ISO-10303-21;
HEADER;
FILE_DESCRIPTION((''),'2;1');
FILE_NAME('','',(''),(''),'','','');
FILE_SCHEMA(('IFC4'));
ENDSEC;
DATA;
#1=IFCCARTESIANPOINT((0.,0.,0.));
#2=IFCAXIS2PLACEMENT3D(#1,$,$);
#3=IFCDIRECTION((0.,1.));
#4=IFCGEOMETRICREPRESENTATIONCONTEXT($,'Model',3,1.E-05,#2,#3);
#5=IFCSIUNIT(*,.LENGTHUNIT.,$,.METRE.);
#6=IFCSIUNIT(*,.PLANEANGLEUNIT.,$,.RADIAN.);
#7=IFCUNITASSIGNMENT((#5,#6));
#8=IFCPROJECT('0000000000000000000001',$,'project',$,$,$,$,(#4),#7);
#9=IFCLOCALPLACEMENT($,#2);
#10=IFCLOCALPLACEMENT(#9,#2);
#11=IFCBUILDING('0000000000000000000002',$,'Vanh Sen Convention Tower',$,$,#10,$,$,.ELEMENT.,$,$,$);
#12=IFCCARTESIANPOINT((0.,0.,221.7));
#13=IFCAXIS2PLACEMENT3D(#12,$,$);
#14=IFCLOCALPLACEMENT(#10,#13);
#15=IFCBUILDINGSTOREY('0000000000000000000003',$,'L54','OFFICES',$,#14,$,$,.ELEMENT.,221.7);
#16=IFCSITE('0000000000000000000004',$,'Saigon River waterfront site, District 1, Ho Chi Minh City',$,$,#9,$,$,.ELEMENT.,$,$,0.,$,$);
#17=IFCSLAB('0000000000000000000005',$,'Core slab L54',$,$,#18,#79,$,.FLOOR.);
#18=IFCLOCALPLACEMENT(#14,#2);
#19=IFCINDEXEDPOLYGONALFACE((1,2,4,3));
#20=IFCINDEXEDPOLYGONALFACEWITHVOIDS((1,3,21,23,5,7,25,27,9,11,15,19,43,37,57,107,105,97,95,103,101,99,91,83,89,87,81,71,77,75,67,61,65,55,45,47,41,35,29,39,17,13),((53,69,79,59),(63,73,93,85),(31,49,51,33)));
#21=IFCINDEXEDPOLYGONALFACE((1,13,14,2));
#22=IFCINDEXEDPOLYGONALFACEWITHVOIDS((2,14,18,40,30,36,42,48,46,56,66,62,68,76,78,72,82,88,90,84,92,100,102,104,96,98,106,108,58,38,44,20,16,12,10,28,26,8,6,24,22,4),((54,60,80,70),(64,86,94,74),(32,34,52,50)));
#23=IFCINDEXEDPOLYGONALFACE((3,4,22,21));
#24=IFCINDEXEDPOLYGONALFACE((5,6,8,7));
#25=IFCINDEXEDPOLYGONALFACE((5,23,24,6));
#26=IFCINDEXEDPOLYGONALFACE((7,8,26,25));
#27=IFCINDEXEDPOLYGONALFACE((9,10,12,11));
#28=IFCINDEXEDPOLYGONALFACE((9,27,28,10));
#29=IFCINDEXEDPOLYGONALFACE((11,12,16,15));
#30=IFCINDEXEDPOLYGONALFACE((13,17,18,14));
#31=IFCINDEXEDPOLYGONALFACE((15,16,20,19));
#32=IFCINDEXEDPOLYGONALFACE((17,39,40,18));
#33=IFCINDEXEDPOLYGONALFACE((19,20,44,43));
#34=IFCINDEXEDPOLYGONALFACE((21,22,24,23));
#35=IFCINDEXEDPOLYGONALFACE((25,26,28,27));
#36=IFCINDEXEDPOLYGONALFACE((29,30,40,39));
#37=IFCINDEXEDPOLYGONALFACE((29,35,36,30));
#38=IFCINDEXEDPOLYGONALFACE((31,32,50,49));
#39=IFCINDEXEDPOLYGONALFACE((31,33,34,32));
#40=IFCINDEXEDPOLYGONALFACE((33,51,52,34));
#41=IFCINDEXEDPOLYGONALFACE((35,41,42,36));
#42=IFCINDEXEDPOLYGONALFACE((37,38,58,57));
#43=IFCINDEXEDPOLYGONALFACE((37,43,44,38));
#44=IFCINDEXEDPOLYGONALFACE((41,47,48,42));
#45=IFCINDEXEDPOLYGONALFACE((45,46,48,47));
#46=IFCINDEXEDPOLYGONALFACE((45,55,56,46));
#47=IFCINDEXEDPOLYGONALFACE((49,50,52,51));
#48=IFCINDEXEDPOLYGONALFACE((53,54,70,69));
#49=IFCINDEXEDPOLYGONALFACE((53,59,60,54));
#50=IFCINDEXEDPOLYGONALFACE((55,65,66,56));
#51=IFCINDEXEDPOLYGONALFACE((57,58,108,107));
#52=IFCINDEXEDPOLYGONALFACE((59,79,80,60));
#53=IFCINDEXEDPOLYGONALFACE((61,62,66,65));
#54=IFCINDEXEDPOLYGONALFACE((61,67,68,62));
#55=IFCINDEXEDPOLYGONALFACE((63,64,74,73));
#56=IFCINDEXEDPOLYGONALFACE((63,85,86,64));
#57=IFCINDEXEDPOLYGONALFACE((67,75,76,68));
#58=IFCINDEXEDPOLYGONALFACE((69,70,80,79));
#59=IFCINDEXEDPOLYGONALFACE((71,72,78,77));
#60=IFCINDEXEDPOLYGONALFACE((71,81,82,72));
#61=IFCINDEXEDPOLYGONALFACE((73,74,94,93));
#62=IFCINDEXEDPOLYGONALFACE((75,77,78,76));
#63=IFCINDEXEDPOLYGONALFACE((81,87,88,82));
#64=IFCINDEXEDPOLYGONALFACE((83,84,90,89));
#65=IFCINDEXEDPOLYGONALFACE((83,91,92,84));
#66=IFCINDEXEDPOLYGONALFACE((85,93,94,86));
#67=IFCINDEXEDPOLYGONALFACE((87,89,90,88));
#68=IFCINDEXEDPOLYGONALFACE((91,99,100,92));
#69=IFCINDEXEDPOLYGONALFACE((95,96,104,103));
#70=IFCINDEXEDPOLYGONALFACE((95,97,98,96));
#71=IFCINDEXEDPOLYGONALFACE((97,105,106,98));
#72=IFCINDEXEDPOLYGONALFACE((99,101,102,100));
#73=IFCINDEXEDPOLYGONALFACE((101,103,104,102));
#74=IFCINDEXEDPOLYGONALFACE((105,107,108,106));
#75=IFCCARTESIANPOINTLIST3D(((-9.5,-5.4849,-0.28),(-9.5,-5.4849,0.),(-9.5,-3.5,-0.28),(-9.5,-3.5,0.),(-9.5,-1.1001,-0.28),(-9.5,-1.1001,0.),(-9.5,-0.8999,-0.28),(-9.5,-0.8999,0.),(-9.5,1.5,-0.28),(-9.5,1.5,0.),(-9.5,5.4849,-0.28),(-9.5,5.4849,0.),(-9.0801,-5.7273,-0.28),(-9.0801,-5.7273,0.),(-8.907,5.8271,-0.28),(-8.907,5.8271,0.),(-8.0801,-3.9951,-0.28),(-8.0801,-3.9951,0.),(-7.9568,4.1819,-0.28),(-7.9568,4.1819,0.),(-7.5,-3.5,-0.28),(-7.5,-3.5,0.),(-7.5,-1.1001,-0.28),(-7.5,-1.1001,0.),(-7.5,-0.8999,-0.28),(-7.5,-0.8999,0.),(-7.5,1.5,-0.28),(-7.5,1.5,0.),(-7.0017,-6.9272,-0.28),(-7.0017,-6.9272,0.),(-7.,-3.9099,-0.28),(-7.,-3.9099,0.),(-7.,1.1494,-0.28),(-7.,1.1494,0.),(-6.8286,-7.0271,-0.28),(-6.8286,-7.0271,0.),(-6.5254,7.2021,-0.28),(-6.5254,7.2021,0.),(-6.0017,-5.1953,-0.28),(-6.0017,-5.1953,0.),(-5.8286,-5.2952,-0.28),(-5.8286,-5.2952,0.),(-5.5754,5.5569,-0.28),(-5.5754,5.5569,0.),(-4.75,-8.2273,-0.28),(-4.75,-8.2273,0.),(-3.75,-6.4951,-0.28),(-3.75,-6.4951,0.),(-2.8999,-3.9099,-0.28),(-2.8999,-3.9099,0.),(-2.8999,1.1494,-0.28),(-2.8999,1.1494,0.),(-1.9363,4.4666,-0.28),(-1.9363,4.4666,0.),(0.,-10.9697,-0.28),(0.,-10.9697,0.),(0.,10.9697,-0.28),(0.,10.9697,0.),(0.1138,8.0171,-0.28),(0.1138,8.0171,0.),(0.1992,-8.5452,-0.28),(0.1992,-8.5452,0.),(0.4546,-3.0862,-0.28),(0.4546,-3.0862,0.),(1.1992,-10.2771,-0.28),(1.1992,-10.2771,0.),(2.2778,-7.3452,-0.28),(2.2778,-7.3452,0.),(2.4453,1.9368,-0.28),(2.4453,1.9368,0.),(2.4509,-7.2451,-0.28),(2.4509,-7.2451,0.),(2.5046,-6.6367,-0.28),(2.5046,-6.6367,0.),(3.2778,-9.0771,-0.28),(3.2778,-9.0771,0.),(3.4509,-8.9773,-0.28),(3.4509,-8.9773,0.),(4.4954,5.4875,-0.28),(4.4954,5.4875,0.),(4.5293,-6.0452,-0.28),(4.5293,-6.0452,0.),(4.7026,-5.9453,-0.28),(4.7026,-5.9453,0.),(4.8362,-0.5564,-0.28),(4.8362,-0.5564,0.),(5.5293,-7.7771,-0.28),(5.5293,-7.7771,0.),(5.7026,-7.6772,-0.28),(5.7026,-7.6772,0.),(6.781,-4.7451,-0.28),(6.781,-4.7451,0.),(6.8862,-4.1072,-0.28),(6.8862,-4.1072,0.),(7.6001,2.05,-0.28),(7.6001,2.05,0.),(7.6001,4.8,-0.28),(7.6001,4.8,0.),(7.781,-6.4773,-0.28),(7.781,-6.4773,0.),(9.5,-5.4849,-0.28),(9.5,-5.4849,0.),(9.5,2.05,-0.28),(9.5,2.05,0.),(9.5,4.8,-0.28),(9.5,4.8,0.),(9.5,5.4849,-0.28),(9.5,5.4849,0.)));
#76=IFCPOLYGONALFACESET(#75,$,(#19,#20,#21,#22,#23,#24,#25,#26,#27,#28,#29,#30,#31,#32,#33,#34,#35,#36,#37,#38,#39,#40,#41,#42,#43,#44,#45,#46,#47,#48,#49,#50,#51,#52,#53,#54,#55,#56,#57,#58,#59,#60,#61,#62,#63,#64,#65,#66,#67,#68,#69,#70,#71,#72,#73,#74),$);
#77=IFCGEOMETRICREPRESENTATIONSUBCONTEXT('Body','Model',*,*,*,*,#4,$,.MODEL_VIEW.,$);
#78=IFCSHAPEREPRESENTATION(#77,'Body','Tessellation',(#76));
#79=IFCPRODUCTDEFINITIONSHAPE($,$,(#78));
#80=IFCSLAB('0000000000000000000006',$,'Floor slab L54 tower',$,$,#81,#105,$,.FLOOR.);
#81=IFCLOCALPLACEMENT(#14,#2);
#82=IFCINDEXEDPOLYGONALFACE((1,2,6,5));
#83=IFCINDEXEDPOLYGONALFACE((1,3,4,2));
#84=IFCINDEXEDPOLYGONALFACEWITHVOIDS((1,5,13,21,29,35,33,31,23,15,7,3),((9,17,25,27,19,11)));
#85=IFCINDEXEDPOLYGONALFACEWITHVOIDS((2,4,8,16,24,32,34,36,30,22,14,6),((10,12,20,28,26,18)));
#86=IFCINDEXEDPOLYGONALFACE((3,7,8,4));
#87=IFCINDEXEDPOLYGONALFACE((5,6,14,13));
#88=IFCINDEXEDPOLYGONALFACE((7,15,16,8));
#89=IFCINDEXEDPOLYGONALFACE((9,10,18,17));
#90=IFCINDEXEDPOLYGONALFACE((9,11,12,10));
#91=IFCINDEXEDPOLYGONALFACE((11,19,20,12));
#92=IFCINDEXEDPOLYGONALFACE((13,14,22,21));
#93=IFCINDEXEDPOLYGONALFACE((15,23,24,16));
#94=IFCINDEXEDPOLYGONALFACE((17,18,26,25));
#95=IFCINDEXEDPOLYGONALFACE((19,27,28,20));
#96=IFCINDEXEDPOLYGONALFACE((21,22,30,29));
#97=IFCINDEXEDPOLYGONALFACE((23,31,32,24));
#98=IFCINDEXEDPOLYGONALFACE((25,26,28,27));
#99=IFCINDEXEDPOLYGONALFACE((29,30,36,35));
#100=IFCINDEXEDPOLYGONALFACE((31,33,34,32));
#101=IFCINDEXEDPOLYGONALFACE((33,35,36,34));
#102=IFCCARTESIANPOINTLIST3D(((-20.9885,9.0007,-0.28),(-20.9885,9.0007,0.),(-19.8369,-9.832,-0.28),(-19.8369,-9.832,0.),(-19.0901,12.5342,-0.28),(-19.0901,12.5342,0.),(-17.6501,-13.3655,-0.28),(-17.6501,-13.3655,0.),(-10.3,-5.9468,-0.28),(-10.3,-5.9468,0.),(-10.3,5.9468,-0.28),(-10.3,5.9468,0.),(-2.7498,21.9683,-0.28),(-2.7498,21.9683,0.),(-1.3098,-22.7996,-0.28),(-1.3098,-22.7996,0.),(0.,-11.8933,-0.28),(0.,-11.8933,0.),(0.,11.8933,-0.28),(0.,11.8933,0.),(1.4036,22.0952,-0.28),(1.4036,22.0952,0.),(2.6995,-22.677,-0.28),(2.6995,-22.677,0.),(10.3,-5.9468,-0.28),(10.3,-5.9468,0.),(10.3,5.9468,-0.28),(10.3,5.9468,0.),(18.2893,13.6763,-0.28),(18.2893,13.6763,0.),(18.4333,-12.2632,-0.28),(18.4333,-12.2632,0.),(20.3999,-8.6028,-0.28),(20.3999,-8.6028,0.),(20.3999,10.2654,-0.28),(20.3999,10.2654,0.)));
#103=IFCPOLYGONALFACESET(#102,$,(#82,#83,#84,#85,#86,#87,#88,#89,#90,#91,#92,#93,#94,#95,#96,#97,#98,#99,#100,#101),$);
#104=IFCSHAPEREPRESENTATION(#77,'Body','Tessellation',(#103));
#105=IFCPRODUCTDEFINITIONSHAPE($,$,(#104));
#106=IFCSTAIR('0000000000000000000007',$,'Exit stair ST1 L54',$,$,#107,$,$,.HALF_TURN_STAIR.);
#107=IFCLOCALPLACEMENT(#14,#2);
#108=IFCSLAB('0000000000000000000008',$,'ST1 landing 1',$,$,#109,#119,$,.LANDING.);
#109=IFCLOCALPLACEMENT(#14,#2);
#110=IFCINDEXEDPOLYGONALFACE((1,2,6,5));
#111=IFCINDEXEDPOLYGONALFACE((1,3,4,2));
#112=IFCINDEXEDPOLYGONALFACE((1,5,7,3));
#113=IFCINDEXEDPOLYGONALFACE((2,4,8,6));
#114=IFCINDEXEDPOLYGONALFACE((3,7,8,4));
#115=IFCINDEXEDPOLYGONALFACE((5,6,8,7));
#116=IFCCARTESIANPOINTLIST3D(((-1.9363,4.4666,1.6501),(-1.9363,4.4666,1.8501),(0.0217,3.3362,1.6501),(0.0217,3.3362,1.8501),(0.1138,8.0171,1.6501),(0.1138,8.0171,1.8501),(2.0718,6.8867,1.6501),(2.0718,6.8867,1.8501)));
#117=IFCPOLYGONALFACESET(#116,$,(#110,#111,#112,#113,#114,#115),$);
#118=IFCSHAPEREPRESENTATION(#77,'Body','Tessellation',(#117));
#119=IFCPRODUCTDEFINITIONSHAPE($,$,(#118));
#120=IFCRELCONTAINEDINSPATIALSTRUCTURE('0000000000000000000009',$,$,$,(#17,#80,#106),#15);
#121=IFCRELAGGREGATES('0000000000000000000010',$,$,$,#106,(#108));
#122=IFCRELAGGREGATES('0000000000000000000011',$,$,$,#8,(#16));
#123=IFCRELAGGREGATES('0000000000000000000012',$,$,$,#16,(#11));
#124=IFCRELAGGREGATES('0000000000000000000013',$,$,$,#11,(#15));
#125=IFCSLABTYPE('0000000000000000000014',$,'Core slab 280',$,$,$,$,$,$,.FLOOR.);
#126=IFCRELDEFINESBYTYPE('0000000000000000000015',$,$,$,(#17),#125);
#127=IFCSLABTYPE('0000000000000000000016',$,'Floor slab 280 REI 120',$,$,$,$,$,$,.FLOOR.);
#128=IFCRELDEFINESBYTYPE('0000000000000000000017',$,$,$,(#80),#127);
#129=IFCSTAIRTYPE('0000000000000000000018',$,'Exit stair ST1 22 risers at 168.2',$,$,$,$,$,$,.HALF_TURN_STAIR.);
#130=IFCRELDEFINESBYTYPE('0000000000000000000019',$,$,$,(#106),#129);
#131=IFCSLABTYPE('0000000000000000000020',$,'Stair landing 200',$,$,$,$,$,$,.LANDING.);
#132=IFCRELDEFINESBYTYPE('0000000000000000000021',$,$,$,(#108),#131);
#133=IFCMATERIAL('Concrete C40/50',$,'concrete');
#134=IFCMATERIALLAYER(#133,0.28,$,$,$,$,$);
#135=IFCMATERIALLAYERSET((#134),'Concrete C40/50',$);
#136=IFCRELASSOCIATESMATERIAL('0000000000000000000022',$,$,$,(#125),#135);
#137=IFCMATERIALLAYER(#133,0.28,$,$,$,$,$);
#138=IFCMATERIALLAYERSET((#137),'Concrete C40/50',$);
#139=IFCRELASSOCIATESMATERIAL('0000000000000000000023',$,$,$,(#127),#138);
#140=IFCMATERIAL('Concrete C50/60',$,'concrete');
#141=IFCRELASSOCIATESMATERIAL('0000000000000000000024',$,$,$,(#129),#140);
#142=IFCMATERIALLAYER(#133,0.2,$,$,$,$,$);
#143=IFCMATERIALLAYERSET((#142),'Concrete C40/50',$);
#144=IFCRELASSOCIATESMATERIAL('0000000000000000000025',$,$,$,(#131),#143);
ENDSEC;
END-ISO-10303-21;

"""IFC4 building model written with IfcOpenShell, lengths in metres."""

from ifc_helpers import new_model, si_unit, direction, frame, origin, place, context, subcontext, project, spatial, polyline, outline, extrude, material, layer, layer_set, type_object, element, aggregate, save


model = new_model("IFC4")

# Units and contexts
model_context = context("Model", 3, precision=1e-05, world=origin(), true_north=direction((0.0, 1.0)))
body_context = subcontext(model_context, "Body", "Model", "MODEL_VIEW")
ifc_project = project(units=[si_unit("LENGTHUNIT", "METRE"), si_unit("PLANEANGLEUNIT", "RADIAN")], contexts=[model_context])

# Site, building, storey
site_placement = place(None, origin())
site = spatial("IfcSite", under=ifc_project, at=site_placement, Name="Saigon River waterfront site, District 1, Ho Chi Minh City", CompositionType="ELEMENT", RefElevation=0.0)
building_placement = place(site_placement, origin())
building = spatial("IfcBuilding", under=site, at=building_placement, Name="Vanh Sen Convention Tower", CompositionType="ELEMENT")
storey_placement = place(building_placement, frame((0.0, 0.0, 221.7)))
storey = spatial("IfcBuildingStorey", under=building, at=storey_placement, Name="L54", Description="OFFICES", CompositionType="ELEMENT", Elevation=221.7)

# Slabs
ifc_material_1 = material(Name="Concrete C40/50", Category="concrete")
ifc_layer_1 = layer(ifc_material_1, 0.28)
ifc_layer_set_1 = layer_set([ifc_layer_1], Name="Concrete C40/50")
slab_type_1 = type_object("IfcSlabType", Name="Core slab 280", PredefinedType="FLOOR", material=ifc_layer_set_1)
slab_1_placement = place(storey_placement, frame((0.0, 0.0, -0.28)))
element("IfcSlab", 1, at=slab_1_placement, inside=storey, type_object=slab_type_1, Name="Core slab L54", PredefinedType="FLOOR", context=body_context, shape_type="SweptSolid", body=[
    extrude(outline(polyline([(0.0, 10.9697), (9.5, 5.4849), (9.5, 4.8), (7.6001, 4.8), (7.6001, 2.05), (9.5, 2.05), (9.5, -5.4849), (7.781, -6.4773), (6.781, -4.7451), (4.7026, -5.9453), (5.7026, -7.6772), (5.5293, -7.7771), (4.5293, -6.0452), (2.4509, -7.2451), (3.4509, -8.9773), (3.2778, -9.0771), (2.2778, -7.3452), (0.1992, -8.5452), (1.1992, -10.2771), (0.0, -10.9697), (-4.75, -8.2273), (-3.75, -6.4951), (-5.8286, -5.2952), (-6.8286, -7.0271), (-7.0017, -6.9272), (-6.0017, -5.1953), (-8.0801, -3.9951), (-9.0801, -5.7273), (-9.5, -5.4849), (-9.5, -3.5), (-7.5, -3.5), (-7.5, -1.1001), (-9.5, -1.1001), (-9.5, -0.8999), (-7.5, -0.8999), (-7.5, 1.5), (-9.5, 1.5), (-9.5, 5.4849), (-8.907, 5.8271), (-7.9568, 4.1819), (-5.5754, 5.5569), (-6.5254, 7.2021), (0.0, 10.9697)]), holes=[polyline([(-7.0, 1.1494), (-7.0, -3.9099), (-2.8999, -3.9099), (-2.8999, 1.1494), (-7.0, 1.1494)]), polyline([(2.5046, -6.6367), (6.8862, -4.1072), (4.8362, -0.5564), (0.4546, -3.0862), (2.5046, -6.6367)]), polyline([(0.1138, 8.0171), (-1.9363, 4.4666), (2.4453, 1.9368), (4.4954, 5.4875), (0.1138, 8.0171)])]), origin(), (0.0, 0.0, 1.0), 0.28),
])
ifc_layer_2 = layer(ifc_material_1, 0.28)
ifc_layer_set_2 = layer_set([ifc_layer_2], Name="Concrete C40/50")
slab_type_2 = type_object("IfcSlabType", Name="Floor slab 280 REI 120", PredefinedType="FLOOR", material=ifc_layer_set_2)
slab_2_placement = place(storey_placement, frame((0.0, 0.0, -0.28)))
element("IfcSlab", 2, at=slab_2_placement, inside=storey, type_object=slab_type_2, Name="Floor slab L54 tower", PredefinedType="FLOOR", context=body_context, shape_type="SweptSolid", body=[
    extrude(outline(polyline([(20.3999, -8.6028), (20.3999, 10.2654), (18.2893, 13.6763), (1.4036, 22.0952), (-2.7498, 21.9683), (-19.0901, 12.5342), (-20.9885, 9.0007), (-19.8369, -9.832), (-17.6501, -13.3655), (-1.3098, -22.7996), (2.6995, -22.677), (18.4333, -12.2632), (20.3999, -8.6028)]), holes=[polyline([(0.0, 11.8933), (-10.3, 5.9468), (-10.3, -5.9468), (0.0, -11.8933), (10.3, -5.9468), (10.3, 5.9468), (0.0, 11.8933)])]), origin(), (0.0, 0.0, 1.0), 0.28),
])

# Stair, slab
ifc_material_2 = material(Name="Concrete C50/60", Category="concrete")
stair_type = type_object("IfcStairType", Name="Exit stair ST1 22 risers at 168.2", PredefinedType="HALF_TURN_STAIR", material=ifc_material_2)
stair_placement = place(storey_placement, origin())
stair = element("IfcStair", 3, at=stair_placement, inside=storey, type_object=stair_type, Name="Exit stair ST1 L54", PredefinedType="HALF_TURN_STAIR")
ifc_layer_3 = layer(ifc_material_1, 0.2)
ifc_layer_set_3 = layer_set([ifc_layer_3], Name="Concrete C40/50")
slab_type_3 = type_object("IfcSlabType", Name="Stair landing 200", PredefinedType="LANDING", material=ifc_layer_set_3)
slab_3_placement = place(storey_placement, frame((0.0, 0.0, 1.6501)))
slab_3 = element("IfcSlab", 4, at=slab_3_placement, type_object=slab_type_3, Name="ST1 landing 1", PredefinedType="LANDING", context=body_context, shape_type="SweptSolid", body=[
    extrude(outline(polyline([(2.0718, 6.8867), (0.1138, 8.0171), (-1.9363, 4.4666), (0.0217, 3.3362), (2.0718, 6.8867)])), origin(), (0.0, 0.0, 1.0), 0.2),
])
aggregate(stair, [slab_3])

save(model, "model.ifc")
